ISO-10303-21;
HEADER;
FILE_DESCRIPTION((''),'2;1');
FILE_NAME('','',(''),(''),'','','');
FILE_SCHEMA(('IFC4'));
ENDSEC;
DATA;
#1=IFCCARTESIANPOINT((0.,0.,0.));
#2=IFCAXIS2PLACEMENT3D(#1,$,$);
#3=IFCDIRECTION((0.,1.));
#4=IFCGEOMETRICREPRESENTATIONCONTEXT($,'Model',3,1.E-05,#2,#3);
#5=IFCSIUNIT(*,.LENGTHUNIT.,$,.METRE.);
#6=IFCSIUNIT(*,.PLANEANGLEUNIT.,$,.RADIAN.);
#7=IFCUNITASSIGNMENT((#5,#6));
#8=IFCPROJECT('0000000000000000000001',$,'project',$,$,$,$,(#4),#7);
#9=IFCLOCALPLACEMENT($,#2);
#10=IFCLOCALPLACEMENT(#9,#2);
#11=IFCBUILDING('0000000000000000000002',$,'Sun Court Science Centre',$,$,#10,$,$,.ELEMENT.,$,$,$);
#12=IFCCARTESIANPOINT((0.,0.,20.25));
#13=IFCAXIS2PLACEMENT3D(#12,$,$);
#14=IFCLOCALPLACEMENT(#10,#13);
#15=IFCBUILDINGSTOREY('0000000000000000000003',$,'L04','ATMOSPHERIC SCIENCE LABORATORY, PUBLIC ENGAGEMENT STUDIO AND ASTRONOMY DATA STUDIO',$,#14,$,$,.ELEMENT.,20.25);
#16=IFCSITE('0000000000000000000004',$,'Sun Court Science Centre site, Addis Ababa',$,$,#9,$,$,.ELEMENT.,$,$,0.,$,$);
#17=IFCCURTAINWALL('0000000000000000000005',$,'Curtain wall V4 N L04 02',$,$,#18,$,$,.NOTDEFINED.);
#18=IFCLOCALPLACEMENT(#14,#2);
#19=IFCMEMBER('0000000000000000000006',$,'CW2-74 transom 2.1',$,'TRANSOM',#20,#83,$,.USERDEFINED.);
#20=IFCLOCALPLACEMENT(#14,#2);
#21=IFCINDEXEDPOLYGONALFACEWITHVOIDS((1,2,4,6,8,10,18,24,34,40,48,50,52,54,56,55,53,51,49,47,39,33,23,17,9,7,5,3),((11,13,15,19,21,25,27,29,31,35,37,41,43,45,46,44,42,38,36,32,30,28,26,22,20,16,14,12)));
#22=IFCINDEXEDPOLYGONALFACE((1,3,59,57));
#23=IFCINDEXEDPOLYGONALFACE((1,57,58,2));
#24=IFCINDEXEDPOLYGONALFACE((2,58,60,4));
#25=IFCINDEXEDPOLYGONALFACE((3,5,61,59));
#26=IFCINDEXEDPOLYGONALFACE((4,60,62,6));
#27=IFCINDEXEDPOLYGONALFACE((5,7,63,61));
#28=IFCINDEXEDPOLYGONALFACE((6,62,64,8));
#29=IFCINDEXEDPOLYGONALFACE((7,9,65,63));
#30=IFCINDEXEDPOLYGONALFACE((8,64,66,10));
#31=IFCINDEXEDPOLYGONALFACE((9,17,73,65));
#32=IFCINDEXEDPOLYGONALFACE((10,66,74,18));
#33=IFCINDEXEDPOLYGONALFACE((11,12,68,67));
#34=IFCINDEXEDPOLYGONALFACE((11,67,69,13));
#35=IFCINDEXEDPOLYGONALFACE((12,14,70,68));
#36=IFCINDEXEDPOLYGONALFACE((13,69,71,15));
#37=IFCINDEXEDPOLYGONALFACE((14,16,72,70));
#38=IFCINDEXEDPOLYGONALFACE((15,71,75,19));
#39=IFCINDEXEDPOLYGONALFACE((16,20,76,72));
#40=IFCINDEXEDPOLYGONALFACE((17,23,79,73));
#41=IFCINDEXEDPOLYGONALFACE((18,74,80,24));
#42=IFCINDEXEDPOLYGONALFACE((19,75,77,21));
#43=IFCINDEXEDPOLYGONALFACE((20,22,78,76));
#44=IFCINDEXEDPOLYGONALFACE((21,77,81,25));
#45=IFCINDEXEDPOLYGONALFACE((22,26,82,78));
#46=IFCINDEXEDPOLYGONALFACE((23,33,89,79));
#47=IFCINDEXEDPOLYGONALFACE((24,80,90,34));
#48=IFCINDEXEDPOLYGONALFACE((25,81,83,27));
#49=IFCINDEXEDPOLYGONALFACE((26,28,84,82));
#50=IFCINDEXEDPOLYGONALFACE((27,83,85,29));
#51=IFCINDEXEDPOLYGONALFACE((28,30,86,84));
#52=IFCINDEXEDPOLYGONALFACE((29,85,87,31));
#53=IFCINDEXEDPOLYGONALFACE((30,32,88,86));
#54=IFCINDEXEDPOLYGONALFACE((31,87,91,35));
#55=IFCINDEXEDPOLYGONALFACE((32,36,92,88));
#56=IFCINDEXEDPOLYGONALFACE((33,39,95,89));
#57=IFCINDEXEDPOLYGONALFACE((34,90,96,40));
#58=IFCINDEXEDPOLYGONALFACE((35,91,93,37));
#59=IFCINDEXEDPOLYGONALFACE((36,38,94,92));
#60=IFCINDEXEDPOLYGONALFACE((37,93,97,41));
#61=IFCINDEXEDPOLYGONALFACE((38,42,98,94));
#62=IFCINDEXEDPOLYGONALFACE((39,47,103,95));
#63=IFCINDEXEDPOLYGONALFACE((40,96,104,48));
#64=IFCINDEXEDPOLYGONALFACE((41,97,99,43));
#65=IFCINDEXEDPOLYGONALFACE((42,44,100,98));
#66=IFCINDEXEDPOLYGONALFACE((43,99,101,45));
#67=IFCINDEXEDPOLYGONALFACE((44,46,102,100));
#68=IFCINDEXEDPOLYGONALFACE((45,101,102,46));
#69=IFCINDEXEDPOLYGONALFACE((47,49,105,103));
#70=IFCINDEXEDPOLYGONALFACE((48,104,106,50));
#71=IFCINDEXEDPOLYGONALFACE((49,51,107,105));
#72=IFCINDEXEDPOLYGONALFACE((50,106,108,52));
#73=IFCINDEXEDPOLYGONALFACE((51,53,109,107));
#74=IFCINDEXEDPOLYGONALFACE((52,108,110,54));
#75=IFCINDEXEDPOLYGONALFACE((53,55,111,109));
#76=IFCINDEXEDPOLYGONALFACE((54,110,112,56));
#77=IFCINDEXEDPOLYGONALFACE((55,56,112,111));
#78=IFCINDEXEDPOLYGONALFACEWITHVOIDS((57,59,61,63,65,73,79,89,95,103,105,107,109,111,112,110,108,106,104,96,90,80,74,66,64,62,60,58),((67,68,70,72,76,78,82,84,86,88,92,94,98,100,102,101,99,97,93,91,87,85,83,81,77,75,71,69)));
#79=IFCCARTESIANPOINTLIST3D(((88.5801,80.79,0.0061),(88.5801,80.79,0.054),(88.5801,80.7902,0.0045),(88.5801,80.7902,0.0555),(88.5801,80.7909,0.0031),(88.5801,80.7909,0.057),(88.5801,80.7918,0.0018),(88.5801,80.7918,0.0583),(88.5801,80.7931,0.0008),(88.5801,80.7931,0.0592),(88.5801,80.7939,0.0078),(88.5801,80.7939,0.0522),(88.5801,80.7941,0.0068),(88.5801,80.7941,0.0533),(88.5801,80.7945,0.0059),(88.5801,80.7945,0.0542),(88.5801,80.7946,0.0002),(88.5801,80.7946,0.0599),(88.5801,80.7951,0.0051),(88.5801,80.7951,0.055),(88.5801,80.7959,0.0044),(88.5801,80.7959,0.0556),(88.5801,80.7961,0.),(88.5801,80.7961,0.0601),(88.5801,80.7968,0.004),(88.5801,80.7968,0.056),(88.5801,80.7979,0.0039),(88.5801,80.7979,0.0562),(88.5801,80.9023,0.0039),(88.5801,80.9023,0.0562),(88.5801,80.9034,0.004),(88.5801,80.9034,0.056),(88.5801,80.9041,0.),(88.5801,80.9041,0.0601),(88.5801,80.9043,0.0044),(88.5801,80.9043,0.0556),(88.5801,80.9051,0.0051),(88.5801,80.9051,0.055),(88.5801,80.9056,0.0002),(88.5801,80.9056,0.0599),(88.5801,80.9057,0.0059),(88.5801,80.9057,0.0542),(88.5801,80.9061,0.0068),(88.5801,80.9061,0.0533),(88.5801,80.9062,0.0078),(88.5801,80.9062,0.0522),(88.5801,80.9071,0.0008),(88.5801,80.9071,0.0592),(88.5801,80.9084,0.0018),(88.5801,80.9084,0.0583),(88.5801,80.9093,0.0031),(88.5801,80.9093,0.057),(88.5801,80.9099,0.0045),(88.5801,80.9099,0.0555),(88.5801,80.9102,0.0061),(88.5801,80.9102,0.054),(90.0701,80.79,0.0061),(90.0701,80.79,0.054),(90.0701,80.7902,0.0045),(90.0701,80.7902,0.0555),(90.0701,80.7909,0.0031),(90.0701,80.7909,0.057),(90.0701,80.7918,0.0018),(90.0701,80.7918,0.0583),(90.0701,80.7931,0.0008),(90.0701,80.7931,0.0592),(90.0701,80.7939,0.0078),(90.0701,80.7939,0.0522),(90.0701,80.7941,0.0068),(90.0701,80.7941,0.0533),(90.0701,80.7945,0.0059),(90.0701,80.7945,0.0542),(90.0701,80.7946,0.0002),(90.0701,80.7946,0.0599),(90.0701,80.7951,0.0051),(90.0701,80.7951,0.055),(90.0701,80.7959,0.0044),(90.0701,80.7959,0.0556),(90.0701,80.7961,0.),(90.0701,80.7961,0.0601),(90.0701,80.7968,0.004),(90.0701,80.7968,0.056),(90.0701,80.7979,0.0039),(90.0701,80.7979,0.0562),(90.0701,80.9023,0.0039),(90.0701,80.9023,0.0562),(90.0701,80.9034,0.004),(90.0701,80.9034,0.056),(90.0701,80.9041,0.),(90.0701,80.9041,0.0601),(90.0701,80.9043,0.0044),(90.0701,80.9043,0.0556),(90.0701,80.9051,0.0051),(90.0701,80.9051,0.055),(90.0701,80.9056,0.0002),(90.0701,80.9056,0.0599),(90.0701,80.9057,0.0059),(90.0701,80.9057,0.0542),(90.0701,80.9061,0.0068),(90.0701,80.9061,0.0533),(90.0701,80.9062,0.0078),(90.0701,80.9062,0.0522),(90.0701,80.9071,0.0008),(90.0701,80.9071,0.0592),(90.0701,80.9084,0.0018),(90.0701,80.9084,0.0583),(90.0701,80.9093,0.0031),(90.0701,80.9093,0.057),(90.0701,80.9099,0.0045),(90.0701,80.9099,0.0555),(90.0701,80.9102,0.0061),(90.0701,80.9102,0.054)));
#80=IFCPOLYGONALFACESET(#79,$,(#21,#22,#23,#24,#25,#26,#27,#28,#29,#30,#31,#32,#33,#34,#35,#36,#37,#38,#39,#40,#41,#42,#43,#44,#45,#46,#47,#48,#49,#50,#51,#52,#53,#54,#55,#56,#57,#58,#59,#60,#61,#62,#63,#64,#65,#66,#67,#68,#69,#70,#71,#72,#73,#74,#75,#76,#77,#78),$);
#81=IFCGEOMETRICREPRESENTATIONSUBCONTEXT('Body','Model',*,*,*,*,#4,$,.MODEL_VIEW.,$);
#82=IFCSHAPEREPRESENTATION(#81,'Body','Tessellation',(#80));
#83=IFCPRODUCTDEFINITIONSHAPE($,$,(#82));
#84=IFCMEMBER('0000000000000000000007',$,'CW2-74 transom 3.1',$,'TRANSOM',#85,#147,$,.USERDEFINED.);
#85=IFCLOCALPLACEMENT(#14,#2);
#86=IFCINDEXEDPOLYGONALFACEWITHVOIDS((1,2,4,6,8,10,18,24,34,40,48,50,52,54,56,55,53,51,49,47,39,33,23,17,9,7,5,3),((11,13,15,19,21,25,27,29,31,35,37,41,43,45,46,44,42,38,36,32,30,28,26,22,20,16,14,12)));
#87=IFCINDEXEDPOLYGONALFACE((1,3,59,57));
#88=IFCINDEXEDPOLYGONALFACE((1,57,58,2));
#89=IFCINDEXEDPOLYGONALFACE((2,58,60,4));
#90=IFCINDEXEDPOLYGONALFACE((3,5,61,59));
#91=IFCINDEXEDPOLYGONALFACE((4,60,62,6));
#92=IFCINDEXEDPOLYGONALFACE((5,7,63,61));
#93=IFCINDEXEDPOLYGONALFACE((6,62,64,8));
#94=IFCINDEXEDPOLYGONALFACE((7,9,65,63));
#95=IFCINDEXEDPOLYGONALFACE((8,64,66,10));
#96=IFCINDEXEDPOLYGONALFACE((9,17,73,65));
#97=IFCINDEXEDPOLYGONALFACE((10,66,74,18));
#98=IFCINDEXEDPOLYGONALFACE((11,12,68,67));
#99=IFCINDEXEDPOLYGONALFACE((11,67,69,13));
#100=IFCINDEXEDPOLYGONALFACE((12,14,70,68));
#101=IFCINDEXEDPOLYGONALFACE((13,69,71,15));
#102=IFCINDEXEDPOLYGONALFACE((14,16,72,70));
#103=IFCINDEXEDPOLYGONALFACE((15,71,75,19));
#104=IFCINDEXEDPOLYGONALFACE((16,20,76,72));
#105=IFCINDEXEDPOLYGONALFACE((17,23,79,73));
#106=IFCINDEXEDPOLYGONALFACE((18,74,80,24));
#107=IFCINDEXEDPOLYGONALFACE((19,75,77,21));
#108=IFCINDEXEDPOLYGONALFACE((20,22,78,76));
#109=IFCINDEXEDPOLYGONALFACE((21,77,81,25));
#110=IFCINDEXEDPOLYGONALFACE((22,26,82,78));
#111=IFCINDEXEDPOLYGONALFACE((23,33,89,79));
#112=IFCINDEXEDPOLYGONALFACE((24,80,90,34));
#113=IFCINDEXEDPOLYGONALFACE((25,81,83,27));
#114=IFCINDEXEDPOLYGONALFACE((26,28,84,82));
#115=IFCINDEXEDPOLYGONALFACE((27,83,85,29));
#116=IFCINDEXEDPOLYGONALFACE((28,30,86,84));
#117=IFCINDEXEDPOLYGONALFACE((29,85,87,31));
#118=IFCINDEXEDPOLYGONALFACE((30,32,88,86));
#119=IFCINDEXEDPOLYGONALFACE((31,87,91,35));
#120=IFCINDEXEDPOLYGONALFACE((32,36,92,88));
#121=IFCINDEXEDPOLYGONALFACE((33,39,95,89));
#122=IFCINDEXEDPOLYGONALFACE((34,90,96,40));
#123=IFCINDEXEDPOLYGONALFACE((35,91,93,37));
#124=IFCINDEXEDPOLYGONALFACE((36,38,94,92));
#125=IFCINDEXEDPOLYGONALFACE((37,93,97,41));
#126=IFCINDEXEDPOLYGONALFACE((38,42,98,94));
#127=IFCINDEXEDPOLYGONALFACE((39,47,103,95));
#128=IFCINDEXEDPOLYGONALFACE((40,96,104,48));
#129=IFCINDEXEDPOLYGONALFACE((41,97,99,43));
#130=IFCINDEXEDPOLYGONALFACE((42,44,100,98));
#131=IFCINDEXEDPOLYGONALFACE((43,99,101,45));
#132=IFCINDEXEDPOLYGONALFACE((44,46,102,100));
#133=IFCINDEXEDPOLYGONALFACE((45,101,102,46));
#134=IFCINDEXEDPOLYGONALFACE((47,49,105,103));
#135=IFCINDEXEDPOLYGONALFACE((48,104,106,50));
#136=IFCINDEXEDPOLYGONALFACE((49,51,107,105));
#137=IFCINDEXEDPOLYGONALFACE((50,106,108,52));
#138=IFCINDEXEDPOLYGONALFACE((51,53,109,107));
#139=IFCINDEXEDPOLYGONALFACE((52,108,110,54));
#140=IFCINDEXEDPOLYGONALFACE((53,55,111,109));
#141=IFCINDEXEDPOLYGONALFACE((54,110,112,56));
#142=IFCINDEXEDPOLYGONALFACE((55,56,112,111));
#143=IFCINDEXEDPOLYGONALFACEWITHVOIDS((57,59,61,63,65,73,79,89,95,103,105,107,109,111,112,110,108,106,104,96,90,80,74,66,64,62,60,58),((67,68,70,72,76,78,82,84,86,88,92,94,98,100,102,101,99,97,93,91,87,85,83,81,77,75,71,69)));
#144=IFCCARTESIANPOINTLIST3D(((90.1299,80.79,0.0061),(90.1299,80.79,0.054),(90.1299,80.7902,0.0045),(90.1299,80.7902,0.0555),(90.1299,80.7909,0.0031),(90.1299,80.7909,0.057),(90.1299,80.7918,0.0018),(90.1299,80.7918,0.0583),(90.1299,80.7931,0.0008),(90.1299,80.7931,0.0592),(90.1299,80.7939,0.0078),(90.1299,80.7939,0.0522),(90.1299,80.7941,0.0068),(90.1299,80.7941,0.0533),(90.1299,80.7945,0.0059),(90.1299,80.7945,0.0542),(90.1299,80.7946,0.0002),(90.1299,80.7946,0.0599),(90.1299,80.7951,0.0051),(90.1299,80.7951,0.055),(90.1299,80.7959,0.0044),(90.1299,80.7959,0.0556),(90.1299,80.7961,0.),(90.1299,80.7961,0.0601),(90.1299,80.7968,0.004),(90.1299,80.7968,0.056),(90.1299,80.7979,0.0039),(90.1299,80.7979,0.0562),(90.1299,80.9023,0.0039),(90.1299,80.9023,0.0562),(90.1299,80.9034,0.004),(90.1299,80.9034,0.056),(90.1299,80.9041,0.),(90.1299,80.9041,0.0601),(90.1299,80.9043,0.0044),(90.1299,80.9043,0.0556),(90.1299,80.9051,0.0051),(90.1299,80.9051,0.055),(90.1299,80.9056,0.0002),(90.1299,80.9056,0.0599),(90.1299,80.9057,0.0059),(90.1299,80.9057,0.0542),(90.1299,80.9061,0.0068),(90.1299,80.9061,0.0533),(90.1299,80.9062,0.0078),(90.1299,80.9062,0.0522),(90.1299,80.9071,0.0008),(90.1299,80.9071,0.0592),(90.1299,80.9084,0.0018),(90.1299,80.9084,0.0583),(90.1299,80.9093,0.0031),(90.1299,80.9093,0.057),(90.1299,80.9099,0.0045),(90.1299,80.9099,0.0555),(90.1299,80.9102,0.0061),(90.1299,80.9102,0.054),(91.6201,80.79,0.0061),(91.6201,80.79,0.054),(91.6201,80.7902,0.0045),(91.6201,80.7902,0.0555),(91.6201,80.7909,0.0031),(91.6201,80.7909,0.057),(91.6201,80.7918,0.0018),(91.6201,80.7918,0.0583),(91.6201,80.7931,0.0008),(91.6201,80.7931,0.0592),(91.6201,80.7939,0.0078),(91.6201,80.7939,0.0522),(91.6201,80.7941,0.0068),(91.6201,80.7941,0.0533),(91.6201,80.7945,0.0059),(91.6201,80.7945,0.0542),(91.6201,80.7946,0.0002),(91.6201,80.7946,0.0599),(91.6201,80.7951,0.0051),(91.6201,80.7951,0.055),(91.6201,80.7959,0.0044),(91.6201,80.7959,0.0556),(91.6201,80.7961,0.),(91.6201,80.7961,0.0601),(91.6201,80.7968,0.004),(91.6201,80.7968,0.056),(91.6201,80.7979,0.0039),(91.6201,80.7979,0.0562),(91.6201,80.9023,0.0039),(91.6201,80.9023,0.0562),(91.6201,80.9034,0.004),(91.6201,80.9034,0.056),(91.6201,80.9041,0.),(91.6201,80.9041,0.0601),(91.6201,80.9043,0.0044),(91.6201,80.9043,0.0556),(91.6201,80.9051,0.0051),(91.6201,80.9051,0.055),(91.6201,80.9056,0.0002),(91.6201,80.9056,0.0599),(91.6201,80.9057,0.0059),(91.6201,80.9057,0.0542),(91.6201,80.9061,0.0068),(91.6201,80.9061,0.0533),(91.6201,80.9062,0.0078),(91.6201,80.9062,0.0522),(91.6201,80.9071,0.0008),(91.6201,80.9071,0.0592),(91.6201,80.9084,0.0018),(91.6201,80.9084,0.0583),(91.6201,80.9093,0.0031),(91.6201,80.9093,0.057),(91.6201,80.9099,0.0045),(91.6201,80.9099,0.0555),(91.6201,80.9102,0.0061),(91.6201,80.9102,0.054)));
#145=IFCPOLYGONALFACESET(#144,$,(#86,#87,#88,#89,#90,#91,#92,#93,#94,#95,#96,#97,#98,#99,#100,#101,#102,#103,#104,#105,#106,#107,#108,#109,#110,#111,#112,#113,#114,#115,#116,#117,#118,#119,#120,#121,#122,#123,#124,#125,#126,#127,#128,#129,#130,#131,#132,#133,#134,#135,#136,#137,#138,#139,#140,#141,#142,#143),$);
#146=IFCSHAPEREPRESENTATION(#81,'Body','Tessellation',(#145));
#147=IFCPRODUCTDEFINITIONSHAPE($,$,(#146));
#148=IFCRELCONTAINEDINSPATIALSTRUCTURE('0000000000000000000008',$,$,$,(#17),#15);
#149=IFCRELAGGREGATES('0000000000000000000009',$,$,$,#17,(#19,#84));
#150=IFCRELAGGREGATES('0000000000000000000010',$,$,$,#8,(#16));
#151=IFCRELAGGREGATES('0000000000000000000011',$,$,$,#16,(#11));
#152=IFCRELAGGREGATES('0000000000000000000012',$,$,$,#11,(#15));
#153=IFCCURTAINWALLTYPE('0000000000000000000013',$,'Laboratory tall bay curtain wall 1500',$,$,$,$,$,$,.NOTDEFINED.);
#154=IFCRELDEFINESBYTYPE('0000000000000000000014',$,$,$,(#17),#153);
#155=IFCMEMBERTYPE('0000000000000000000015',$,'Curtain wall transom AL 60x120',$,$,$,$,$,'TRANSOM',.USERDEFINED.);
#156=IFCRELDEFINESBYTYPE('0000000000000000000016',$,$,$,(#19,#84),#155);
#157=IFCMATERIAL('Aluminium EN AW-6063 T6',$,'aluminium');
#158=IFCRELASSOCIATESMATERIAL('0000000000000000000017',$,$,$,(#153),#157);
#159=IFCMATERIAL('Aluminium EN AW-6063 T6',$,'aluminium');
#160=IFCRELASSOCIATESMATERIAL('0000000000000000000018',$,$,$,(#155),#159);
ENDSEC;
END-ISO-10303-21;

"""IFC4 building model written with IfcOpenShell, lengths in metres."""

from ifc_helpers import new_model, si_unit, direction, frame, origin, origin_2d, place, context, subcontext, project, spatial, hollow_rectangle, extrude, material, material_profile, profile_set, type_object, element, aggregate, save


model = new_model("IFC4")

# Units and contexts
model_context = context("Model", 3, precision=1e-05, world=origin(), true_north=direction((0.0, 1.0)))
body_context = subcontext(model_context, "Body", "Model", "MODEL_VIEW")
ifc_project = project(units=[si_unit("LENGTHUNIT", "METRE"), si_unit("PLANEANGLEUNIT", "RADIAN")], contexts=[model_context])

# Site, building, storey
site_placement = place(None, origin())
site = spatial("IfcSite", under=ifc_project, at=site_placement, Name="Sun Court Science Centre site, Addis Ababa", CompositionType="ELEMENT", RefElevation=0.0)
building_placement = place(site_placement, origin())
building = spatial("IfcBuilding", under=site, at=building_placement, Name="Sun Court Science Centre", CompositionType="ELEMENT")
storey_placement = place(building_placement, frame((0.0, 0.0, 20.25)))
storey = spatial("IfcBuildingStorey", under=building, at=storey_placement, Name="L04", Description="ATMOSPHERIC SCIENCE LABORATORY, PUBLIC ENGAGEMENT STUDIO AND ASTRONOMY DATA STUDIO", CompositionType="ELEMENT", Elevation=20.25)

# Curtain wall, members
ifc_material_1 = material(Name="Aluminium EN AW-6063 T6", Category="aluminium")
curtain_wall_type = type_object("IfcCurtainWallType", Name="Laboratory tall bay curtain wall 1500", PredefinedType="NOTDEFINED", material=ifc_material_1)
curtain_wall_placement = place(storey_placement, origin())
curtain_wall = element("IfcCurtainWall", 1, at=curtain_wall_placement, inside=storey, type_object=curtain_wall_type, Name="Curtain wall V4 N L04 02", PredefinedType="NOTDEFINED")
ifc_material_2 = material(Name="Aluminium EN AW-6063 T6", Category="aluminium")
ifc_material_profile_1 = material_profile(ifc_material_2, hollow_rectangle(XDim=0.0601, YDim=0.1201, WallThickness=0.0039, InnerFilletRadius=0.0039, OuterFilletRadius=0.0061, at=origin_2d()), Name="AL 60x120x4")
ifc_profile_set_1 = profile_set([ifc_material_profile_1], Name="Aluminium EN AW-6063 T6")
member_type_1 = type_object("IfcMemberType", Name="Curtain wall transom AL 60x120", ElementType="TRANSOM", PredefinedType="USERDEFINED", material=ifc_profile_set_1)
member_1_placement = place(storey_placement, frame((88.5801, 80.8501, 0.03), z_axis=(1.0, 0.0, 0.0), x_axis=(0.0, 0.0, 1.0)))
member_1 = element("IfcMember", 2, at=member_1_placement, type_object=member_type_1, Name="CW2-74 transom 2.1", ObjectType="TRANSOM", PredefinedType="USERDEFINED", context=body_context, shape_type="SweptSolid", body=[
    extrude(hollow_rectangle(XDim=0.0601, YDim=0.1201, WallThickness=0.0039, InnerFilletRadius=0.0039, OuterFilletRadius=0.0061, at=origin_2d()), origin(), (0.0, 0.0, 1.0), 1.49),
])
member_2_placement = place(storey_placement, frame((90.1299, 80.8501, 0.03), z_axis=(1.0, 0.0, 0.0), x_axis=(0.0, 0.0, 1.0)))
member_2 = element("IfcMember", 3, at=member_2_placement, type_object=member_type_1, Name="CW2-74 transom 3.1", ObjectType="TRANSOM", PredefinedType="USERDEFINED", context=body_context, shape_type="SweptSolid", body=[
    extrude(hollow_rectangle(XDim=0.0601, YDim=0.1201, WallThickness=0.0039, InnerFilletRadius=0.0039, OuterFilletRadius=0.0061, at=origin_2d()), origin(), (0.0, 0.0, 1.0), 1.4902),
])

aggregate(curtain_wall, [member_1, member_2])

save(model, "model.ifc")
